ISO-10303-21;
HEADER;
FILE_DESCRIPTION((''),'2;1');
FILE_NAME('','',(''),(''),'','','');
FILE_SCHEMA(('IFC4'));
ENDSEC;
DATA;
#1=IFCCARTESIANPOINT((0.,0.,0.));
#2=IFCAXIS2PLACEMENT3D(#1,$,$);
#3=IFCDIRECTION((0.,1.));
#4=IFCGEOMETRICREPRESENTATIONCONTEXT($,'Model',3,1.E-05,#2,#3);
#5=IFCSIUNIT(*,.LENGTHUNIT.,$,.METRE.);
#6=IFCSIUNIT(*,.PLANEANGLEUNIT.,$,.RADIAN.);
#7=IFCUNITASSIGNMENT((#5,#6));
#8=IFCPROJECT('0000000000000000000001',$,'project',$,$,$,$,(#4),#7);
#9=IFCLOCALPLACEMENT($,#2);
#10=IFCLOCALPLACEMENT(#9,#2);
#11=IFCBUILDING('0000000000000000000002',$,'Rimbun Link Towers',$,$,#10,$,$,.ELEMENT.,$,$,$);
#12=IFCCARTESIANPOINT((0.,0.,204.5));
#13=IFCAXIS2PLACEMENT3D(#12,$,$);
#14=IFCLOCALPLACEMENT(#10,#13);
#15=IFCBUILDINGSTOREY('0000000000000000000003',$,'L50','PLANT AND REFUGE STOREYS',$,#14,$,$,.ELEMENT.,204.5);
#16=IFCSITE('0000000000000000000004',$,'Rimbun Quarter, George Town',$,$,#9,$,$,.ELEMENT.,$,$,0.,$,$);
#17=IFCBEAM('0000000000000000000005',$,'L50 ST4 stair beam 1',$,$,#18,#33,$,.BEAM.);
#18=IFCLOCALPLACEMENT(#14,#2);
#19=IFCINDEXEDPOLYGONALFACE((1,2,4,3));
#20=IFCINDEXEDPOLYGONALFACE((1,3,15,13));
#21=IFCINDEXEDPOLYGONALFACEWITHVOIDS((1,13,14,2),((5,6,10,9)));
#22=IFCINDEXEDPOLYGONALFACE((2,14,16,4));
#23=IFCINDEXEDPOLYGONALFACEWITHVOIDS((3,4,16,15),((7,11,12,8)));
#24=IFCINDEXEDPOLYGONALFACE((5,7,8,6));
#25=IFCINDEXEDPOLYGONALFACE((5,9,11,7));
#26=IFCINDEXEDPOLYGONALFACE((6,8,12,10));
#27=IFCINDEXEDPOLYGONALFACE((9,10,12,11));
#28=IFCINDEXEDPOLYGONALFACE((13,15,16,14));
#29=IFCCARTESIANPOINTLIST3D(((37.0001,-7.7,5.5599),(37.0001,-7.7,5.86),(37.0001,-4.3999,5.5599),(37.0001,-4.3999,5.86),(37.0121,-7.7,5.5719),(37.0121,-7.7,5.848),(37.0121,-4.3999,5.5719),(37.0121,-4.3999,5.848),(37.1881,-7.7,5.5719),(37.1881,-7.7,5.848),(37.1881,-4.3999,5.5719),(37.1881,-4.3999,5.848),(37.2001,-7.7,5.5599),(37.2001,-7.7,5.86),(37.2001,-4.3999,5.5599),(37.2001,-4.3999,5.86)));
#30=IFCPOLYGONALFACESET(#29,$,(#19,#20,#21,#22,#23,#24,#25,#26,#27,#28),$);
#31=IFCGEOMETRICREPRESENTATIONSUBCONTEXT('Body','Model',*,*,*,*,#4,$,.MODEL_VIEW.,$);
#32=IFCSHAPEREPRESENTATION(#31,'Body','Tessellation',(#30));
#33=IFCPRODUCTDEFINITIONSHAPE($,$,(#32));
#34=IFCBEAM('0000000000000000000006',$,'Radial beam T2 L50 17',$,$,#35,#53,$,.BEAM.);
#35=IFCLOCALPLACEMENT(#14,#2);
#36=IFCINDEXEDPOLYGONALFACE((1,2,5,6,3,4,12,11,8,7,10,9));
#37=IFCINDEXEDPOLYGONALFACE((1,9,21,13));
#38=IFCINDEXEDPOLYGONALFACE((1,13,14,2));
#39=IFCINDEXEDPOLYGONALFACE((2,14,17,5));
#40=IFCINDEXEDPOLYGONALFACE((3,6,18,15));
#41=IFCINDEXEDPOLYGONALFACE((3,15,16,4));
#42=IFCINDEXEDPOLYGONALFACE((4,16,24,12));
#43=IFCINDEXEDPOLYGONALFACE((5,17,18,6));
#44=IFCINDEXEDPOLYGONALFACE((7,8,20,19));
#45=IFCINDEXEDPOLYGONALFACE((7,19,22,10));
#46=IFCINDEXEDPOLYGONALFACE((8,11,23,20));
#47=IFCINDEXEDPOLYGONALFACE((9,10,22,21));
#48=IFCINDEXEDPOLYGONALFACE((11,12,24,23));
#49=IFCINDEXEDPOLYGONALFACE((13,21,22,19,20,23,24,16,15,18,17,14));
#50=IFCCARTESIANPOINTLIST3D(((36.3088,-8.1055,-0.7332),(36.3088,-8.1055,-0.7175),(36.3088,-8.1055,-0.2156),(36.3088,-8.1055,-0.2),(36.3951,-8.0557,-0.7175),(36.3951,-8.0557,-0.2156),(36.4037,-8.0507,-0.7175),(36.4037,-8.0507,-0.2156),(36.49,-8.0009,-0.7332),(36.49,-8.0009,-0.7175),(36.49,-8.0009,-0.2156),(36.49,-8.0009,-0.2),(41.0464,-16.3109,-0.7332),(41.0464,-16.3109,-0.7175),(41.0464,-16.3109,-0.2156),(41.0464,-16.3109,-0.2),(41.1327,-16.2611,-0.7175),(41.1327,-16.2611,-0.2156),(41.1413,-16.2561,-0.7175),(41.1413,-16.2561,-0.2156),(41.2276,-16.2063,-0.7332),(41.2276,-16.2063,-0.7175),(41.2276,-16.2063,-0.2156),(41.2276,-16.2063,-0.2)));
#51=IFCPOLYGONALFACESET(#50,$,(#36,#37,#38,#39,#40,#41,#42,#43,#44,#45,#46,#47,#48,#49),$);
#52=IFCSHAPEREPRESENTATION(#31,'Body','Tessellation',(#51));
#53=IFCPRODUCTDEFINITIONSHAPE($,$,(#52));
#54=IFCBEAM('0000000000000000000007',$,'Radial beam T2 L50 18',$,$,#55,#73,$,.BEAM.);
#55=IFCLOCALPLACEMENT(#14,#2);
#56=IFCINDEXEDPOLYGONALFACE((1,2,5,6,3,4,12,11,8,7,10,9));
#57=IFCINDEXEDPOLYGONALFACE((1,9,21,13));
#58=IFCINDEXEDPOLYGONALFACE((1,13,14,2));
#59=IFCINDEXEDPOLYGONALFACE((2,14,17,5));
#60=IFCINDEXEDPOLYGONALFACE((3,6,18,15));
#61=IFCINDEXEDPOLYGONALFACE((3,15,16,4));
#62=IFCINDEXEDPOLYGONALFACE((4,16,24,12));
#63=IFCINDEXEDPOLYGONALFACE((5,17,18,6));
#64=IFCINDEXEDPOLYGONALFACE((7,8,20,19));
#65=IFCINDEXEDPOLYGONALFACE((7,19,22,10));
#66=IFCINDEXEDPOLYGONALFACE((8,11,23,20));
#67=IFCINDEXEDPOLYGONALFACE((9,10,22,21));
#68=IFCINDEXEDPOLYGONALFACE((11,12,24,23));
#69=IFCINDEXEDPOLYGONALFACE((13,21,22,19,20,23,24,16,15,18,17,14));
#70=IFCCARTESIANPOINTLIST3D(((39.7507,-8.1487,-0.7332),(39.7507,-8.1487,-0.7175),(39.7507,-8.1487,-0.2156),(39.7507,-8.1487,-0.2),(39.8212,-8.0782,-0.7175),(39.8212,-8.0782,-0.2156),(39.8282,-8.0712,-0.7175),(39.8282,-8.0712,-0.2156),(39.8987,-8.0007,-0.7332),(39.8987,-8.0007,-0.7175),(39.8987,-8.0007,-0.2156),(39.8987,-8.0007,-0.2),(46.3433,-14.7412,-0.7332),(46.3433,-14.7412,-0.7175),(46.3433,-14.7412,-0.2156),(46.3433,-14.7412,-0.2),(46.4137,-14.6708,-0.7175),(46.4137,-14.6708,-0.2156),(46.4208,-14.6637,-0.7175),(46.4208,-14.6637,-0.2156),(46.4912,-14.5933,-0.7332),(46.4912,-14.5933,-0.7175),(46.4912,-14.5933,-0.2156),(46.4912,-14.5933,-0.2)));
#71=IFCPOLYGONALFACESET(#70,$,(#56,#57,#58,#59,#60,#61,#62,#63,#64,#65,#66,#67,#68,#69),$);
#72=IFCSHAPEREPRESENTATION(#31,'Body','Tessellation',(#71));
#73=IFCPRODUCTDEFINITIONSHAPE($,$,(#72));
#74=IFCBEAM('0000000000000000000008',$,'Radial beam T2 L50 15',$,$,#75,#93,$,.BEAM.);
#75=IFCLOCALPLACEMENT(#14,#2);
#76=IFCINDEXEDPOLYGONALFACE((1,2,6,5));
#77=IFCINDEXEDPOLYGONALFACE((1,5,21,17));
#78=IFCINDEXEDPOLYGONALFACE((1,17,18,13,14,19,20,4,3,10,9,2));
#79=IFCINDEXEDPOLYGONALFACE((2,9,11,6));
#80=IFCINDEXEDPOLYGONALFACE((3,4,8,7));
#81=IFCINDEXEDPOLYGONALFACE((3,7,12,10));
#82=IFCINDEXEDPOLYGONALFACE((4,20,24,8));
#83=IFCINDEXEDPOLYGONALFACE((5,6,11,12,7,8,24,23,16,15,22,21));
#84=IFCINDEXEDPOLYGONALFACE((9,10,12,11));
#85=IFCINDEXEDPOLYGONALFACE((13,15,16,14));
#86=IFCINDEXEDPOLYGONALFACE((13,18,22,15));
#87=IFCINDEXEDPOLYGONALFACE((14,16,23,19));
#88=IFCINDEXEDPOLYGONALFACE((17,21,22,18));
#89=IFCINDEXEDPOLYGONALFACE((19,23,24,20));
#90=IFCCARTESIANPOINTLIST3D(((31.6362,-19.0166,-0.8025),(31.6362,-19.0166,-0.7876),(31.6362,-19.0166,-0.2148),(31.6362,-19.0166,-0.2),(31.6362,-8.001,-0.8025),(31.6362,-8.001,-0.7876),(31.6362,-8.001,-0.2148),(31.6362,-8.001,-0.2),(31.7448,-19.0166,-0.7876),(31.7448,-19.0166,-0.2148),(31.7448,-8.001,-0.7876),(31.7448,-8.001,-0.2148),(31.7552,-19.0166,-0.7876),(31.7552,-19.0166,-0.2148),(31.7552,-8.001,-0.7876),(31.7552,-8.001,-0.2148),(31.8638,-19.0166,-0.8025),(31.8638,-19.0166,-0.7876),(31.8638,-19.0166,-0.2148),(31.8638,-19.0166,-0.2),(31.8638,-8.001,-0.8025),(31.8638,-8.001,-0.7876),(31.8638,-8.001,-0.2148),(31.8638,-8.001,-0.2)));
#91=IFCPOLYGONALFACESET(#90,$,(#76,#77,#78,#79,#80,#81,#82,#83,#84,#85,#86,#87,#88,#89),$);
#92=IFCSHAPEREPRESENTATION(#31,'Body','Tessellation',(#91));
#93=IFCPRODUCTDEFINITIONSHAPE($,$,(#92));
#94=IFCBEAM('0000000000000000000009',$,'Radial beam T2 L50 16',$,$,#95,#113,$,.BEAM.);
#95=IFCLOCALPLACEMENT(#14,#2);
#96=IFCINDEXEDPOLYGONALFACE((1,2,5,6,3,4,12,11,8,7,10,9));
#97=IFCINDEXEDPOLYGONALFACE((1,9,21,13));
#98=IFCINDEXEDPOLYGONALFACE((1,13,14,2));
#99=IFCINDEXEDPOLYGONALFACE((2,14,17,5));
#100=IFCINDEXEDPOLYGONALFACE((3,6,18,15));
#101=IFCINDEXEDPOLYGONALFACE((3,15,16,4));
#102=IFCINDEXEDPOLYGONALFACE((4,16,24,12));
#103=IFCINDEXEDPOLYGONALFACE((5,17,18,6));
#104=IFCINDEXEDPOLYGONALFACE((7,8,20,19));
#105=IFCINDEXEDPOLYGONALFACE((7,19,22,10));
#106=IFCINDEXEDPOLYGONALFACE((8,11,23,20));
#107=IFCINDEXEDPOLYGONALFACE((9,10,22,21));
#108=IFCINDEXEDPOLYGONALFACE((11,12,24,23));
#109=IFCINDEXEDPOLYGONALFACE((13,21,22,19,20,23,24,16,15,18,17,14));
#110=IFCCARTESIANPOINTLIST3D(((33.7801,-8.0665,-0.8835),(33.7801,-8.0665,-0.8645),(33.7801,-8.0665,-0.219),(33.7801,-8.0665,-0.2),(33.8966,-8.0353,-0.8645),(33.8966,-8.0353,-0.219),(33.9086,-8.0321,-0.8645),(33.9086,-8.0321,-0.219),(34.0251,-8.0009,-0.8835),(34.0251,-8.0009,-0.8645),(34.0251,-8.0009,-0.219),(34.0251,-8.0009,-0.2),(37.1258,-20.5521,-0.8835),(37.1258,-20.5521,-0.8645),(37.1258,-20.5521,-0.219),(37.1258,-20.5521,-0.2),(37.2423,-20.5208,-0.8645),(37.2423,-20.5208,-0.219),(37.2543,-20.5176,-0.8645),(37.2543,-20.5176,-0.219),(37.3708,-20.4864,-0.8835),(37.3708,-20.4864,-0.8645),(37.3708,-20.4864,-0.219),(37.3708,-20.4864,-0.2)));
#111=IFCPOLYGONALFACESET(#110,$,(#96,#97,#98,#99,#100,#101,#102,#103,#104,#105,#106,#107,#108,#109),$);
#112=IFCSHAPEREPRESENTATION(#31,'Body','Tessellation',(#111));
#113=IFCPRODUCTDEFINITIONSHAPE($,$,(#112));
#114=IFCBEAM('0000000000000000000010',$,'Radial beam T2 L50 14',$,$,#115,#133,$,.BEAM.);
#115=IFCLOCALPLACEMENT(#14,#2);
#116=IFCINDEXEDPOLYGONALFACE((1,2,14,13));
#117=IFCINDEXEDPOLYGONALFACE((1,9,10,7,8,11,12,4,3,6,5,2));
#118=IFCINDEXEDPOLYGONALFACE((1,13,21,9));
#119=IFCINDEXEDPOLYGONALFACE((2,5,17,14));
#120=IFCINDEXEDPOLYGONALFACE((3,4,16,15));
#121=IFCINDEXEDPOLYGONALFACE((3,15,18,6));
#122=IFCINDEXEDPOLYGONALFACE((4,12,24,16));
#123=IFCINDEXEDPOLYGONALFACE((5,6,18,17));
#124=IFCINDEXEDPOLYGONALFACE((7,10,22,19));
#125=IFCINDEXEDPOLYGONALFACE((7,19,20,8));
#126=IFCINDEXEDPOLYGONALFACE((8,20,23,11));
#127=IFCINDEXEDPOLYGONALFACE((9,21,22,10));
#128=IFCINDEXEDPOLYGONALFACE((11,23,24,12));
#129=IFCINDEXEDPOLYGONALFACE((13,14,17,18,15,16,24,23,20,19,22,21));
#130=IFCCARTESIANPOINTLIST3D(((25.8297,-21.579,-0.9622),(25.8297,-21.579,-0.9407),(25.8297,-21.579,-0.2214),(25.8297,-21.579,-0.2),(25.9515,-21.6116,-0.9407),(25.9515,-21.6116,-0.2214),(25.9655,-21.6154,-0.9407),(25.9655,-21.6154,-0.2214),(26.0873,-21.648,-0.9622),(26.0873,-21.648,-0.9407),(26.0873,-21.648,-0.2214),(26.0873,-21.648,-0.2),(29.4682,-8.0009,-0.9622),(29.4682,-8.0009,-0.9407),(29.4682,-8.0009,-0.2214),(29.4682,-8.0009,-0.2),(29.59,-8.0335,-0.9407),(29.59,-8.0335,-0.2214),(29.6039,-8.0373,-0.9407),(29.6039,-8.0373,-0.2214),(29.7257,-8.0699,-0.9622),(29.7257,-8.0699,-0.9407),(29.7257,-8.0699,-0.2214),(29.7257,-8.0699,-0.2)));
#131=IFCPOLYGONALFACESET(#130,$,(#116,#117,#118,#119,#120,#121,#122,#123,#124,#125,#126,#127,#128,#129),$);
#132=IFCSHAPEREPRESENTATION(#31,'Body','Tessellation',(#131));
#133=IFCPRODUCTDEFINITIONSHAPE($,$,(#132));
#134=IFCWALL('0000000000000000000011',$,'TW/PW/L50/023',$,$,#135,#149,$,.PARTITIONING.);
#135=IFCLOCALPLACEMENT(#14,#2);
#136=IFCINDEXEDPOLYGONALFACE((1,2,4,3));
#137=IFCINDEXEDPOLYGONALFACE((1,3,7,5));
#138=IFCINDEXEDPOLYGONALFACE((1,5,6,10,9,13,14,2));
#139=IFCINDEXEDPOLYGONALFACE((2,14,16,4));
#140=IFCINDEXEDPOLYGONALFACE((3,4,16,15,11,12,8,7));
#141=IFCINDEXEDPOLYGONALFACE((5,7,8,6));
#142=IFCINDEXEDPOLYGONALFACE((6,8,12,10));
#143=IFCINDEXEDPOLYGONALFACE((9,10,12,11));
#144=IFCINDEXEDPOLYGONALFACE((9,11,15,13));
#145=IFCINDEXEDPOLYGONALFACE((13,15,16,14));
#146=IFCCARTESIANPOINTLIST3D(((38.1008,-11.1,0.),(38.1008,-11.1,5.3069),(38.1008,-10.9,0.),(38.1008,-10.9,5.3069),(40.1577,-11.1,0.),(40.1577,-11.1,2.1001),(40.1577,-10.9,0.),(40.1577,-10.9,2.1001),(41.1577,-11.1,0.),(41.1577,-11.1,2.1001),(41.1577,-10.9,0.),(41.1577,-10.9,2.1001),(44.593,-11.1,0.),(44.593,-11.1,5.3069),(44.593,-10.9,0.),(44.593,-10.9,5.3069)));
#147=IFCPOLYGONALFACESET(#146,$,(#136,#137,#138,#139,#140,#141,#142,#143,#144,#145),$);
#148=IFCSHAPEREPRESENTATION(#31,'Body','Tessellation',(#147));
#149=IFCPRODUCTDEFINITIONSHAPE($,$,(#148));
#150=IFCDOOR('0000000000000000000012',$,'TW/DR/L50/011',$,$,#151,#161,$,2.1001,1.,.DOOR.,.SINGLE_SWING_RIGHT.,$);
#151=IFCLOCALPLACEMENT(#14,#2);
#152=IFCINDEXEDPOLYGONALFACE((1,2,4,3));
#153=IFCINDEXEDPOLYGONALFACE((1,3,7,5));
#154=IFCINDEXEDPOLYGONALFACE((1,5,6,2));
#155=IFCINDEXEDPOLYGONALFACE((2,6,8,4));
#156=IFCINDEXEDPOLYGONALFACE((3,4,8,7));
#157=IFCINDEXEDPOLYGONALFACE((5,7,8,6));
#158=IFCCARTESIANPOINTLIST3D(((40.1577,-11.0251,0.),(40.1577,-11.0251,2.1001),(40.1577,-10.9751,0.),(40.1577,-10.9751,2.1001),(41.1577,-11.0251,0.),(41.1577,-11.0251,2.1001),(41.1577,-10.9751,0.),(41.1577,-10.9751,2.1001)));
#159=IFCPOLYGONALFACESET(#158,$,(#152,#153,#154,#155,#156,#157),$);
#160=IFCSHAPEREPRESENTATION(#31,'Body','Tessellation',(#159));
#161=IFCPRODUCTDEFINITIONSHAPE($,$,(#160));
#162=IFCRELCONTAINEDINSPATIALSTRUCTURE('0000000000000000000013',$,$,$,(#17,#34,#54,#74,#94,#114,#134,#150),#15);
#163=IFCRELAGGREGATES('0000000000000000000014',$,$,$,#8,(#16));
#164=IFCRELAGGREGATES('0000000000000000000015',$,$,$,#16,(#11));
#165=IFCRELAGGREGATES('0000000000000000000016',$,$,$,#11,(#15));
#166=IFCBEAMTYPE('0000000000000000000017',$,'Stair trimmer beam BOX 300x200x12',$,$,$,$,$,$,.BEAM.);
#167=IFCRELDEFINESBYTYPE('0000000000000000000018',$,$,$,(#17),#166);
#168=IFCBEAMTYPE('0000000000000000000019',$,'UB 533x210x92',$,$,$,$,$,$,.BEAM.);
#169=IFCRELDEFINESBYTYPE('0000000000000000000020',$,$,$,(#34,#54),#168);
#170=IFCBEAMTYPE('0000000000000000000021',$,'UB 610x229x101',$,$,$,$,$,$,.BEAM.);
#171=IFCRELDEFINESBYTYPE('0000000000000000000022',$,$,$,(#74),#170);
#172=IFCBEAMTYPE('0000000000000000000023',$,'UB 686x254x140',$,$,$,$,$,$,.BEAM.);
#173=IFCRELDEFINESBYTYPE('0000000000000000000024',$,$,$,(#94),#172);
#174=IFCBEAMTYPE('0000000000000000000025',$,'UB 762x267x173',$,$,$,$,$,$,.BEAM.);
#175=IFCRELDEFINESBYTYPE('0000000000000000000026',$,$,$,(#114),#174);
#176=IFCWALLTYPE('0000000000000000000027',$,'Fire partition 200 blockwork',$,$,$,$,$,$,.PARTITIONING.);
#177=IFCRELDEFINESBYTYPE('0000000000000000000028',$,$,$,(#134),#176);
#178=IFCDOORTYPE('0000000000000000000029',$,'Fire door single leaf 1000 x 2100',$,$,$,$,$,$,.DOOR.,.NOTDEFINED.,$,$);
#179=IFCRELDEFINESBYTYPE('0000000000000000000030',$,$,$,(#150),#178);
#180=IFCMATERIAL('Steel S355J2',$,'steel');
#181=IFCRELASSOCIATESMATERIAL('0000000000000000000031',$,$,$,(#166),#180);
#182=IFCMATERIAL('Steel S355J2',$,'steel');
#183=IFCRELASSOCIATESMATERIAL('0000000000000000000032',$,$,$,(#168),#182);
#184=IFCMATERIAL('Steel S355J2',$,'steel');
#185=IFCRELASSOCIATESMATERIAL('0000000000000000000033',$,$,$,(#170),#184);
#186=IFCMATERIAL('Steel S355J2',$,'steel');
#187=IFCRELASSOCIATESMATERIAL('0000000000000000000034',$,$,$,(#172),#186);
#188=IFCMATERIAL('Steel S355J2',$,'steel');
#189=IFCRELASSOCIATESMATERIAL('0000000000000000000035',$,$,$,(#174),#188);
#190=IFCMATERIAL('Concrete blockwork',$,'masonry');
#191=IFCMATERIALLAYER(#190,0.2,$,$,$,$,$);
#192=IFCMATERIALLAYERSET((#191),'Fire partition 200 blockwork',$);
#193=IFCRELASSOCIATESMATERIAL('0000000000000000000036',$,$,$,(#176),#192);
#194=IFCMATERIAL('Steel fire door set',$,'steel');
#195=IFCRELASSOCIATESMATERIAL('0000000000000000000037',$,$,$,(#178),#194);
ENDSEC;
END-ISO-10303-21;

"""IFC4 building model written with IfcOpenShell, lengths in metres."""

from ifc_helpers import new_model, si_unit, direction, frame, frame_2d, origin, origin_2d, place, context, subcontext, project, spatial, rectangle, hollow_rectangle, i_section, extrude, material, layer, layer_set, material_profile, profile_set, type_object, element, fill, save


model = new_model("IFC4")

# Units and contexts
model_context = context("Model", 3, precision=1e-05, world=origin(), true_north=direction((0.0, 1.0)))
body_context = subcontext(model_context, "Body", "Model", "MODEL_VIEW")
ifc_project = project(units=[si_unit("LENGTHUNIT", "METRE"), si_unit("PLANEANGLEUNIT", "RADIAN")], contexts=[model_context])

# Site, building, storey
site_placement = place(None, origin())
site = spatial("IfcSite", under=ifc_project, at=site_placement, Name="Rimbun Quarter, George Town", CompositionType="ELEMENT", RefElevation=0.0)
building_placement = place(site_placement, origin())
building = spatial("IfcBuilding", under=site, at=building_placement, Name="Rimbun Link Towers", CompositionType="ELEMENT")
storey_placement = place(building_placement, frame((0.0, 0.0, 204.5)))
storey = spatial("IfcBuildingStorey", under=building, at=storey_placement, Name="L50", Description="PLANT AND REFUGE STOREYS", CompositionType="ELEMENT", Elevation=204.5)

# Beams
ifc_material_1 = material(Name="Steel S355J2", Category="steel")
ifc_material_profile_1 = material_profile(ifc_material_1, hollow_rectangle(XDim=0.2, YDim=0.3, WallThickness=0.012, at=origin_2d()), Name="BOX 300x200x12")
ifc_profile_set_1 = profile_set([ifc_material_profile_1], Name="Steel S355J2")
beam_type_1 = type_object("IfcBeamType", Name="Stair trimmer beam BOX 300x200x12", PredefinedType="BEAM", material=ifc_profile_set_1)
beam_1_placement = place(storey_placement, frame((37.1001, -7.7, 5.71), z_axis=(0.0, 1.0, 0.0), x_axis=(-1.0, 0.0, 0.0)))
element("IfcBeam", 1, at=beam_1_placement, inside=storey, type_object=beam_type_1, Name="L50 ST4 stair beam 1", PredefinedType="BEAM", context=body_context, shape_type="SweptSolid", body=[
    extrude(hollow_rectangle(XDim=0.2, YDim=0.3, WallThickness=0.012, at=origin_2d()), origin(), (0.0, 0.0, 1.0), 3.3),
])
ifc_material_2 = material(Name="Steel S355J2", Category="steel")
ifc_material_profile_2 = material_profile(ifc_material_2, i_section(OverallWidth=0.2092, OverallDepth=0.5332, WebThickness=0.01, FlangeThickness=0.0156, at=origin_2d()), Name="UB 533x210x92")
ifc_profile_set_2 = profile_set([ifc_material_profile_2], Name="Steel S355J2")
beam_type_2 = type_object("IfcBeamType", Name="UB 533x210x92", PredefinedType="BEAM", material=ifc_profile_set_2)
beam_2_placement = place(storey_placement, frame((36.3994, -8.0532, -0.4666), z_axis=(0.500016, -0.866016, 0.0), x_axis=(0.866016, 0.500016, 0.0)))
element("IfcBeam", 2, at=beam_2_placement, inside=storey, type_object=beam_type_2, Name="Radial beam T2 L50 17", PredefinedType="BEAM", context=body_context, shape_type="SweptSolid", body=[
    extrude(i_section(OverallWidth=0.2092, OverallDepth=0.5332, WebThickness=0.01, FlangeThickness=0.0156, at=origin_2d()), origin(), (0.0, 0.0, 1.0), 9.4749),
])
beam_3_placement = place(storey_placement, frame((39.8247, -8.0747, -0.4666), z_axis=(0.707107, -0.707107, 0.0), x_axis=(0.707107, 0.707107, 0.0)))
element("IfcBeam", 3, at=beam_3_placement, inside=storey, type_object=beam_type_2, Name="Radial beam T2 L50 18", PredefinedType="BEAM", context=body_context, shape_type="SweptSolid", body=[
    extrude(i_section(OverallWidth=0.2092, OverallDepth=0.5332, WebThickness=0.01, FlangeThickness=0.0156, at=origin_2d()), origin(), (0.0, 0.0, 1.0), 9.3232),
])
ifc_material_3 = material(Name="Steel S355J2", Category="steel")
ifc_material_profile_3 = material_profile(ifc_material_3, i_section(OverallWidth=0.2275, OverallDepth=0.6025, WebThickness=0.0105, FlangeThickness=0.0149, at=origin_2d()), Name="UB 610x229x101")
ifc_profile_set_3 = profile_set([ifc_material_profile_3], Name="Steel S355J2")
beam_type_3 = type_object("IfcBeamType", Name="UB 610x229x101", PredefinedType="BEAM", material=ifc_profile_set_3)
beam_4_placement = place(storey_placement, frame((31.75, -8.001, -0.5012), z_axis=(0.0, -1.0, 0.0), x_axis=(1.0, 0.0, 0.0)))
element("IfcBeam", 4, at=beam_4_placement, inside=storey, type_object=beam_type_3, Name="Radial beam T2 L50 15", PredefinedType="BEAM", context=body_context, shape_type="SweptSolid", body=[
    extrude(i_section(OverallWidth=0.2275, OverallDepth=0.6025, WebThickness=0.0105, FlangeThickness=0.0149, at=origin_2d()), origin(), (0.0, 0.0, 1.0), 11.0156),
])
ifc_material_4 = material(Name="Steel S355J2", Category="steel")
ifc_material_profile_4 = material_profile(ifc_material_4, i_section(OverallWidth=0.2537, OverallDepth=0.6836, WebThickness=0.0125, FlangeThickness=0.019, at=origin_2d()), Name="UB 686x254x140")
ifc_profile_set_4 = profile_set([ifc_material_profile_4], Name="Steel S355J2")
beam_type_4 = type_object("IfcBeamType", Name="UB 686x254x140", PredefinedType="BEAM", material=ifc_profile_set_4)
beam_5_placement = place(storey_placement, frame((33.9026, -8.0337, -0.5417), z_axis=(0.258833, -0.965922, 0.0), x_axis=(0.965922, 0.258833, 0.0)))
element("IfcBeam", 5, at=beam_5_placement, inside=storey, type_object=beam_type_4, Name="Radial beam T2 L50 16", PredefinedType="BEAM", context=body_context, shape_type="SweptSolid", body=[
    extrude(i_section(OverallWidth=0.2537, OverallDepth=0.6836, WebThickness=0.0125, FlangeThickness=0.019, at=origin_2d()), origin(), (0.0, 0.0, 1.0), 12.926),
])
ifc_material_5 = material(Name="Steel S355J2", Category="steel")
ifc_material_profile_5 = material_profile(ifc_material_5, i_section(OverallWidth=0.2666, OverallDepth=0.7622, WebThickness=0.0144, FlangeThickness=0.0215, at=origin_2d()), Name="UB 762x267x173")
ifc_profile_set_5 = profile_set([ifc_material_profile_5], Name="Steel S355J2")
beam_type_5 = type_object("IfcBeamType", Name="UB 762x267x173", PredefinedType="BEAM", material=ifc_profile_set_5)
beam_6_placement = place(storey_placement, frame((29.5969, -8.0354, -0.5811), z_axis=(-0.258831, -0.965923, 0.0), x_axis=(0.965923, -0.258831, 0.0)))
element("IfcBeam", 6, at=beam_6_placement, inside=storey, type_object=beam_type_5, Name="Radial beam T2 L50 14", PredefinedType="BEAM", context=body_context, shape_type="SweptSolid", body=[
    extrude(i_section(OverallWidth=0.2666, OverallDepth=0.7622, WebThickness=0.0144, FlangeThickness=0.0215, at=origin_2d()), origin(), (0.0, 0.0, 1.0), 14.0571),
])

# Wall, opening, door
ifc_material_6 = material(Name="Concrete blockwork", Category="masonry")
ifc_layer_1 = layer(ifc_material_6, 0.2)
ifc_layer_set_1 = layer_set([ifc_layer_1], Name="Fire partition 200 blockwork")
wall_type_1 = type_object("IfcWallType", Name="Fire partition 200 blockwork", PredefinedType="PARTITIONING", material=ifc_layer_set_1)
wall_1_placement = place(storey_placement, frame((38.1008, -11.0, 0.0), z_axis=(0.0, 0.0, 1.0), x_axis=(1.0, 0.0, 0.0)))
wall_1 = element("IfcWall", 7, at=wall_1_placement, inside=storey, type_object=wall_type_1, Name="TW/PW/L50/023", PredefinedType="PARTITIONING", context=body_context, shape_type="SweptSolid", body=[
    extrude(rectangle(XDim=6.4922, YDim=0.2, at=frame_2d((3.2461, 0.0))), origin(), (0.0, 0.0, 1.0), 5.3069),
])
opening_1_placement = place(wall_1_placement, frame((2.0569, 0.0, 0.0)))
opening_1 = element("IfcOpeningElement", 8, at=opening_1_placement, cuts=wall_1, PredefinedType="OPENING", context=body_context, shape_type="SweptSolid", body=[
    extrude(rectangle(XDim=1.0, YDim=2.1001, at=frame_2d((0.5, 1.05))), frame((0.0, 0.1099, 0.0), z_axis=(0.0, -1.0, 0.0), x_axis=(1.0, 0.0, 0.0)), (0.0, 0.0, 1.0), 0.22),
])
ifc_material_7 = material(Name="Steel fire door set", Category="steel")
door_type_1 = type_object("IfcDoorType", Name="Fire door single leaf 1000 x 2100", OperationType="NOTDEFINED", PredefinedType="DOOR", material=ifc_material_7)
door_1_placement = place(opening_1_placement, origin())
door_1 = element("IfcDoor", 9, at=door_1_placement, inside=storey, type_object=door_type_1, Name="TW/DR/L50/011", OperationType="SINGLE_SWING_RIGHT", OverallHeight=2.1001, OverallWidth=1.0, PredefinedType="DOOR", context=body_context, shape_type="SweptSolid", body=[
    extrude(rectangle(XDim=1.0, YDim=2.1001, at=frame_2d((0.5, 1.05))), frame((0.0, 0.0249, 0.0), z_axis=(0.0, -1.0, 0.0), x_axis=(1.0, 0.0, 0.0)), (0.0, 0.0, 1.0), 0.05),
])
fill(opening_1, door_1)

save(model, "model.ifc")
